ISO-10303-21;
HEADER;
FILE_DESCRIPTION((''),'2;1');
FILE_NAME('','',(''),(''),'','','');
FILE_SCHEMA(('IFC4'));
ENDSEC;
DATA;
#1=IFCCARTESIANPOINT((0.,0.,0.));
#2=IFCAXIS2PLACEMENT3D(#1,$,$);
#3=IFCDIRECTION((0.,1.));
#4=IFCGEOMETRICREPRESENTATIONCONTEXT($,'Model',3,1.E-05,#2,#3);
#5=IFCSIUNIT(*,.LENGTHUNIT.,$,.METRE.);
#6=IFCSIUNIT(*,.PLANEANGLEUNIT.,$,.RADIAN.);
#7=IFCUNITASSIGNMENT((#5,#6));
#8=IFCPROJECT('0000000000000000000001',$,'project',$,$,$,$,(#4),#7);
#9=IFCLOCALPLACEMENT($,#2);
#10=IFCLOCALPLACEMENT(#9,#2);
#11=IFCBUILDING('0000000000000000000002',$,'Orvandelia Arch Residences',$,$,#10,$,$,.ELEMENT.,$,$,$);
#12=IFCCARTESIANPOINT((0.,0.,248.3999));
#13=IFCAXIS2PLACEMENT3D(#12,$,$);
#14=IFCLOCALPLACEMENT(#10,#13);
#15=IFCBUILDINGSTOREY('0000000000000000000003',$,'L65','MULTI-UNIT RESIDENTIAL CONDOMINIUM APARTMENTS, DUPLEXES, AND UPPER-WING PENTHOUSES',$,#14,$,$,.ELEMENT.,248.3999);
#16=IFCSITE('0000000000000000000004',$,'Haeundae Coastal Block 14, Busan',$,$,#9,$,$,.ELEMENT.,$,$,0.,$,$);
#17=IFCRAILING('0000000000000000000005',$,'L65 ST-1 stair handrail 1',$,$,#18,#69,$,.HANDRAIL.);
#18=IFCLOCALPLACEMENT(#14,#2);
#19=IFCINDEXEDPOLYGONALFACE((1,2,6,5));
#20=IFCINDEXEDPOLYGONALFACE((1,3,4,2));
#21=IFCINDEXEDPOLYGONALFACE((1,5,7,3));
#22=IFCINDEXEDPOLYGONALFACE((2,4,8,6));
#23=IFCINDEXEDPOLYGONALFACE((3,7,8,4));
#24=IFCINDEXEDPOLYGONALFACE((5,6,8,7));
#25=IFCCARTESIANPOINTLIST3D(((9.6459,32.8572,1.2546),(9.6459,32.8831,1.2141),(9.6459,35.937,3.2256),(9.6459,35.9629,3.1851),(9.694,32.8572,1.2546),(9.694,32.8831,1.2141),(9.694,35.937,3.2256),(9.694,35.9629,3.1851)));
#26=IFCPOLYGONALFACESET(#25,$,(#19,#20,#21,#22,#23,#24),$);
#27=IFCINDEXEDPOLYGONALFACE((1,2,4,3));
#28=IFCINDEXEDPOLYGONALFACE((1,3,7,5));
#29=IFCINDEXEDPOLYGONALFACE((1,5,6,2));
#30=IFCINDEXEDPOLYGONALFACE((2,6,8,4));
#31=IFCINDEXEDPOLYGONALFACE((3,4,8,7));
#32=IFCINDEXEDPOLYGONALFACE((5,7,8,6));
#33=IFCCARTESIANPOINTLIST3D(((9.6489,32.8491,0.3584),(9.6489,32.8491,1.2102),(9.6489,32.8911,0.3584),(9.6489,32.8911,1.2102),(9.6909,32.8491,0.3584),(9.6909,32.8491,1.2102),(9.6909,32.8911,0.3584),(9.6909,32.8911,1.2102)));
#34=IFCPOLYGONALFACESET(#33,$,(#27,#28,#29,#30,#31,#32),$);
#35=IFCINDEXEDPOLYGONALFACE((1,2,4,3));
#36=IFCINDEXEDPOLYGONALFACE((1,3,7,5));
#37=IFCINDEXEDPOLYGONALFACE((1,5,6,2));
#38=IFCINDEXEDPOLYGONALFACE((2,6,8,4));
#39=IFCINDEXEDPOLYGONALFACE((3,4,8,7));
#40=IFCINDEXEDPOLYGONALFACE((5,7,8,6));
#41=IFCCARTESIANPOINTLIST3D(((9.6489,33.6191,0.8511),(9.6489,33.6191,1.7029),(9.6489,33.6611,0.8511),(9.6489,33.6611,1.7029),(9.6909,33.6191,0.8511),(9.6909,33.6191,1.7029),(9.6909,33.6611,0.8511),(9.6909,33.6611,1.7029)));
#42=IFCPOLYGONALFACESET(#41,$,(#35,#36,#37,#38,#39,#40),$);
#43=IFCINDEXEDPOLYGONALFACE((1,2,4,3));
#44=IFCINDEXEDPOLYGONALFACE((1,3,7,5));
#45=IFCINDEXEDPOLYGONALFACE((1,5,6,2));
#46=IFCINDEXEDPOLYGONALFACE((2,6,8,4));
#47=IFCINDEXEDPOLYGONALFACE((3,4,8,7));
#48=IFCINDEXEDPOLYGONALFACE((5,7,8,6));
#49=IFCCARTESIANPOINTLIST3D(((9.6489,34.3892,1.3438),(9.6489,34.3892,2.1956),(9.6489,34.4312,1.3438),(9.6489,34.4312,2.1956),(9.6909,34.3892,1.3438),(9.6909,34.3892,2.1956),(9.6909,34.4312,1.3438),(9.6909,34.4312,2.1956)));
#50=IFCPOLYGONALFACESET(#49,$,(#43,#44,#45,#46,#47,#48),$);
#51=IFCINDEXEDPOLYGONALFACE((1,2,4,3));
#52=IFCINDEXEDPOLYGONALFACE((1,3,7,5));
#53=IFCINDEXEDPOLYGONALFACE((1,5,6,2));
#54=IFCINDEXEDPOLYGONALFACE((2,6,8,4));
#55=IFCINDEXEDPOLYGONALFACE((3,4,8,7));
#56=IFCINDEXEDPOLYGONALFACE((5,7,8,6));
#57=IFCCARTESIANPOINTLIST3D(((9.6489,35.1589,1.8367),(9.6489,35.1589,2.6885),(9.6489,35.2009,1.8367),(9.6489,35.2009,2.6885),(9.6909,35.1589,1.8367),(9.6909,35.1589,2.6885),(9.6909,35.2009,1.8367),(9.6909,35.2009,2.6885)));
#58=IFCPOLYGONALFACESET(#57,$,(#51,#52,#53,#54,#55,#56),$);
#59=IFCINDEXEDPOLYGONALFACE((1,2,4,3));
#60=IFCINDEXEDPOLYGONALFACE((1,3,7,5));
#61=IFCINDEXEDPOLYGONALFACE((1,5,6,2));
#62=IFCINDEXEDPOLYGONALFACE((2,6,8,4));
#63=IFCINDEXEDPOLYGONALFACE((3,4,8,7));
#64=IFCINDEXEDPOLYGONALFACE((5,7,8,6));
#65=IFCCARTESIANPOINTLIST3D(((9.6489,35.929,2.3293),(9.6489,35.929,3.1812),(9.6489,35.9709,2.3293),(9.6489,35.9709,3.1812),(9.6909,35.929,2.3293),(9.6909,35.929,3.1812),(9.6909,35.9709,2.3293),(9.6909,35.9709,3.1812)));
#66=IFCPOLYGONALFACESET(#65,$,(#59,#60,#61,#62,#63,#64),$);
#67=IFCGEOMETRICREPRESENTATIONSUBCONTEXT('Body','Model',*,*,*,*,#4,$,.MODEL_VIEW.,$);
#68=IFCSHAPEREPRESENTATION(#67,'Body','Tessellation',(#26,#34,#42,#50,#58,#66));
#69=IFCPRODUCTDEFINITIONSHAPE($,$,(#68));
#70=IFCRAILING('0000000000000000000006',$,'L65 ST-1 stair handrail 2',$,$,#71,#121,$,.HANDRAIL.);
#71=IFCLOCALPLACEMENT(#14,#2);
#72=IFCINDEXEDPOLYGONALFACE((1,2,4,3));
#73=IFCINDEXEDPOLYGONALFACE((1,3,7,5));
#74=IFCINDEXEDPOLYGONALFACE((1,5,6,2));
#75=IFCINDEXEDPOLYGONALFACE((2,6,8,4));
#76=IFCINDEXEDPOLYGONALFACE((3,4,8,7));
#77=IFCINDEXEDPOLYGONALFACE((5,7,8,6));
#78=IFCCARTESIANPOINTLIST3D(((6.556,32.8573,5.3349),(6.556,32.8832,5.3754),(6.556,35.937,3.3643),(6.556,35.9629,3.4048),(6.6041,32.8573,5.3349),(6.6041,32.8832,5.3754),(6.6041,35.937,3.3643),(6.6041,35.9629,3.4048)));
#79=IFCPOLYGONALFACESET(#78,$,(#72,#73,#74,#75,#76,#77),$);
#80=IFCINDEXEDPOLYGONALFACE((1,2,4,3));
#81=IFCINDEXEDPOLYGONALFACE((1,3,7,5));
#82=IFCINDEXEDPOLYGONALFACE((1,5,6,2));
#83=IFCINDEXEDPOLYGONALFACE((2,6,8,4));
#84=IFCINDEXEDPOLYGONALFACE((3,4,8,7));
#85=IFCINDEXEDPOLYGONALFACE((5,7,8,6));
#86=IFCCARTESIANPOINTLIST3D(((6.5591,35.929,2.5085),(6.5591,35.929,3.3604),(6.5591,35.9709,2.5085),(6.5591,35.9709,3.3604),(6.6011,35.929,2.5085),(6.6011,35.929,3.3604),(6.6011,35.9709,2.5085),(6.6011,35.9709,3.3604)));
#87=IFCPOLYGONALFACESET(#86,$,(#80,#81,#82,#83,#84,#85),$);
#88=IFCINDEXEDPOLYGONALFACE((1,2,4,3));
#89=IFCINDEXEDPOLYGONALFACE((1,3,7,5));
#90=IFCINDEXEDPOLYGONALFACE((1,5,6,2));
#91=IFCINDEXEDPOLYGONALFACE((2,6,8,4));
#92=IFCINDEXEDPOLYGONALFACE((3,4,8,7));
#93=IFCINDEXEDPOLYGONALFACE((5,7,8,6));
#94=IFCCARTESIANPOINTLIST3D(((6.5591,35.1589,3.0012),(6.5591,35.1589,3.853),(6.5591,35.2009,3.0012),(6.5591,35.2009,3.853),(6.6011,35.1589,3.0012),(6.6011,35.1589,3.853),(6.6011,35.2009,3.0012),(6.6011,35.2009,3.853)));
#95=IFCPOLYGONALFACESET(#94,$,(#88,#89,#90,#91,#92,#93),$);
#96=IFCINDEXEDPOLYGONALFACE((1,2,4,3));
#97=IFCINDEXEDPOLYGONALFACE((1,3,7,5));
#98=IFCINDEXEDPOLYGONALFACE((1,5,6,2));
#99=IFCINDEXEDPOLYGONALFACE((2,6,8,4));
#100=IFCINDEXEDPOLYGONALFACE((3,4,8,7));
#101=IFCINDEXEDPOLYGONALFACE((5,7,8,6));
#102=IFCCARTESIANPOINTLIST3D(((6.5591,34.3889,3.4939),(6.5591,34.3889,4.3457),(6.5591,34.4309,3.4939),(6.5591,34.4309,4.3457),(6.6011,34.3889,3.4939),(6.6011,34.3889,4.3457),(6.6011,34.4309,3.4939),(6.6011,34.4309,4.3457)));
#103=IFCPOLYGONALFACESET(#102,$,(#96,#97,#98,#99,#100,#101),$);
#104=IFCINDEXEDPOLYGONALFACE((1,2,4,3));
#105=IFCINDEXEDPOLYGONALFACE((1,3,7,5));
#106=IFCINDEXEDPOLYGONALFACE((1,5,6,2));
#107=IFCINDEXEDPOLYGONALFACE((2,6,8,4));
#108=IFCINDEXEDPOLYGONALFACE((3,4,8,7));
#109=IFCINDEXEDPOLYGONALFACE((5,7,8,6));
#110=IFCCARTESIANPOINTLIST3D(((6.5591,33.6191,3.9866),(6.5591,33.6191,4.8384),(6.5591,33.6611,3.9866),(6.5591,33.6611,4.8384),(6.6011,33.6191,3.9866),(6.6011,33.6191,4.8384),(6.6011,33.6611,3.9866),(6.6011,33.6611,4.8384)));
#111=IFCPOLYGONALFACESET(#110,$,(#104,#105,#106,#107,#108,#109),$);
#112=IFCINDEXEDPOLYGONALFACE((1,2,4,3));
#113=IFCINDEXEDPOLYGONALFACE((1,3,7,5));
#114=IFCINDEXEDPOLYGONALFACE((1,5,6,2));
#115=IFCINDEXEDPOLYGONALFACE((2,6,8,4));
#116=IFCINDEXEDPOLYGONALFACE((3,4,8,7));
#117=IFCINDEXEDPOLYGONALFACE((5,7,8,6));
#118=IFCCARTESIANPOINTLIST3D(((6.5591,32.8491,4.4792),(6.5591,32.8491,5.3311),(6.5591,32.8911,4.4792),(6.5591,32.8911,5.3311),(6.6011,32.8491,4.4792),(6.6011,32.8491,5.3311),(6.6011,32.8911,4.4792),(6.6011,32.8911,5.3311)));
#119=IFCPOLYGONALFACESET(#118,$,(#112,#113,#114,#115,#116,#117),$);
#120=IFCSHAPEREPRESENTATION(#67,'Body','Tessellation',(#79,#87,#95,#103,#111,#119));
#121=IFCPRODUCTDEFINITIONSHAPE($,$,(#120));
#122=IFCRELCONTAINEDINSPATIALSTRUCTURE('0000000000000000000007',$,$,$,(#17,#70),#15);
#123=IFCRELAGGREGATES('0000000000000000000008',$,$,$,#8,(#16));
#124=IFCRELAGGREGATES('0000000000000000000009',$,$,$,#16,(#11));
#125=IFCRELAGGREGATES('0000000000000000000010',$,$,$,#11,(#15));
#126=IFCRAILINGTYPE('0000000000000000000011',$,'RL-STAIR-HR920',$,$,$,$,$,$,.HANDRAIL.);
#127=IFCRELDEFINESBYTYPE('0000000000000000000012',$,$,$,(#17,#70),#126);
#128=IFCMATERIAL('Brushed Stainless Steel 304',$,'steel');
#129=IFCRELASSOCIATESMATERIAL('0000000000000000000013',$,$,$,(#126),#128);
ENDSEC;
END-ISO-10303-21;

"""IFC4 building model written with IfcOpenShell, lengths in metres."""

from ifc_helpers import new_model, si_unit, direction, frame, origin, origin_2d, place, context, subcontext, project, spatial, rectangle, extrude, material, type_object, element, save


model = new_model("IFC4")

# Units and contexts
model_context = context("Model", 3, precision=1e-05, world=origin(), true_north=direction((0.0, 1.0)))
body_context = subcontext(model_context, "Body", "Model", "MODEL_VIEW")
ifc_project = project(units=[si_unit("LENGTHUNIT", "METRE"), si_unit("PLANEANGLEUNIT", "RADIAN")], contexts=[model_context])

# Site, building, storey
site_placement = place(None, origin())
site = spatial("IfcSite", under=ifc_project, at=site_placement, Name="Haeundae Coastal Block 14, Busan", CompositionType="ELEMENT", RefElevation=0.0)
building_placement = place(site_placement, origin())
building = spatial("IfcBuilding", under=site, at=building_placement, Name="Orvandelia Arch Residences", CompositionType="ELEMENT")
storey_placement = place(building_placement, frame((0.0, 0.0, 248.3999)))
storey = spatial("IfcBuildingStorey", under=building, at=storey_placement, Name="L65", Description="MULTI-UNIT RESIDENTIAL CONDOMINIUM APARTMENTS, DUPLEXES, AND UPPER-WING PENTHOUSES", CompositionType="ELEMENT", Elevation=248.3999)

# Railings
ifc_material_1 = material(Name="Brushed Stainless Steel 304", Category="steel")
railing_type_1 = type_object("IfcRailingType", Name="RL-STAIR-HR920", PredefinedType="HANDRAIL", material=ifc_material_1)
railing_1_placement = place(storey_placement, frame((9.6699, 32.8701, 0.3584)))
element("IfcRailing", 1, at=railing_1_placement, inside=storey, type_object=railing_type_1, Name="L65 ST-1 stair handrail 1", PredefinedType="HANDRAIL", context=body_context, shape_type="SweptSolid", body=[
    extrude(rectangle(XDim=0.0481, YDim=0.0481, at=origin_2d()), frame((0.0, 0.0, 0.876), z_axis=(0.0, 0.84229, 0.539025), x_axis=(-1.0, 0.0, 0.0)), (0.0, 0.0, 1.0), 3.6565),
    extrude(rectangle(XDim=0.042, YDim=0.042, at=origin_2d()), origin(), (0.0, 0.0, 1.0), 0.8518),
    extrude(rectangle(XDim=0.042, YDim=0.042, at=origin_2d()), frame((0.0, 0.77, 0.4927)), (0.0, 0.0, 1.0), 0.8518),
    extrude(rectangle(XDim=0.042, YDim=0.042, at=origin_2d()), frame((0.0, 1.54, 0.9854)), (0.0, 0.0, 1.0), 0.8518),
    extrude(rectangle(XDim=0.042, YDim=0.042, at=origin_2d()), frame((0.0, 2.3098, 1.4783)), (0.0, 0.0, 1.0), 0.8518),
    extrude(rectangle(XDim=0.042, YDim=0.042, at=origin_2d()), frame((0.0, 3.0798, 1.9709)), (0.0, 0.0, 1.0), 0.8518),
])
railing_2_placement = place(storey_placement, frame((6.5801, 35.95, 2.5085)))
element("IfcRailing", 2, at=railing_2_placement, inside=storey, type_object=railing_type_1, Name="L65 ST-1 stair handrail 2", PredefinedType="HANDRAIL", context=body_context, shape_type="SweptSolid", body=[
    extrude(rectangle(XDim=0.0481, YDim=0.0481, at=origin_2d()), frame((0.0, 0.0, 0.876), z_axis=(0.0, -0.84232, 0.538978), x_axis=(1.0, 0.0, 0.0)), (0.0, 0.0, 1.0), 3.6562),
    extrude(rectangle(XDim=0.042, YDim=0.042, at=origin_2d()), origin(), (0.0, 0.0, 1.0), 0.8518),
    extrude(rectangle(XDim=0.042, YDim=0.042, at=origin_2d()), frame((0.0, -0.77, 0.4927)), (0.0, 0.0, 1.0), 0.8518),
    extrude(rectangle(XDim=0.042, YDim=0.042, at=origin_2d()), frame((0.0, -1.54, 0.9854)), (0.0, 0.0, 1.0), 0.8518),
    extrude(rectangle(XDim=0.042, YDim=0.042, at=origin_2d()), frame((0.0, -2.3098, 1.478)), (0.0, 0.0, 1.0), 0.8518),
    extrude(rectangle(XDim=0.042, YDim=0.042, at=origin_2d()), frame((0.0, -3.0798, 1.9707)), (0.0, 0.0, 1.0), 0.8518),
])

save(model, "model.ifc")
